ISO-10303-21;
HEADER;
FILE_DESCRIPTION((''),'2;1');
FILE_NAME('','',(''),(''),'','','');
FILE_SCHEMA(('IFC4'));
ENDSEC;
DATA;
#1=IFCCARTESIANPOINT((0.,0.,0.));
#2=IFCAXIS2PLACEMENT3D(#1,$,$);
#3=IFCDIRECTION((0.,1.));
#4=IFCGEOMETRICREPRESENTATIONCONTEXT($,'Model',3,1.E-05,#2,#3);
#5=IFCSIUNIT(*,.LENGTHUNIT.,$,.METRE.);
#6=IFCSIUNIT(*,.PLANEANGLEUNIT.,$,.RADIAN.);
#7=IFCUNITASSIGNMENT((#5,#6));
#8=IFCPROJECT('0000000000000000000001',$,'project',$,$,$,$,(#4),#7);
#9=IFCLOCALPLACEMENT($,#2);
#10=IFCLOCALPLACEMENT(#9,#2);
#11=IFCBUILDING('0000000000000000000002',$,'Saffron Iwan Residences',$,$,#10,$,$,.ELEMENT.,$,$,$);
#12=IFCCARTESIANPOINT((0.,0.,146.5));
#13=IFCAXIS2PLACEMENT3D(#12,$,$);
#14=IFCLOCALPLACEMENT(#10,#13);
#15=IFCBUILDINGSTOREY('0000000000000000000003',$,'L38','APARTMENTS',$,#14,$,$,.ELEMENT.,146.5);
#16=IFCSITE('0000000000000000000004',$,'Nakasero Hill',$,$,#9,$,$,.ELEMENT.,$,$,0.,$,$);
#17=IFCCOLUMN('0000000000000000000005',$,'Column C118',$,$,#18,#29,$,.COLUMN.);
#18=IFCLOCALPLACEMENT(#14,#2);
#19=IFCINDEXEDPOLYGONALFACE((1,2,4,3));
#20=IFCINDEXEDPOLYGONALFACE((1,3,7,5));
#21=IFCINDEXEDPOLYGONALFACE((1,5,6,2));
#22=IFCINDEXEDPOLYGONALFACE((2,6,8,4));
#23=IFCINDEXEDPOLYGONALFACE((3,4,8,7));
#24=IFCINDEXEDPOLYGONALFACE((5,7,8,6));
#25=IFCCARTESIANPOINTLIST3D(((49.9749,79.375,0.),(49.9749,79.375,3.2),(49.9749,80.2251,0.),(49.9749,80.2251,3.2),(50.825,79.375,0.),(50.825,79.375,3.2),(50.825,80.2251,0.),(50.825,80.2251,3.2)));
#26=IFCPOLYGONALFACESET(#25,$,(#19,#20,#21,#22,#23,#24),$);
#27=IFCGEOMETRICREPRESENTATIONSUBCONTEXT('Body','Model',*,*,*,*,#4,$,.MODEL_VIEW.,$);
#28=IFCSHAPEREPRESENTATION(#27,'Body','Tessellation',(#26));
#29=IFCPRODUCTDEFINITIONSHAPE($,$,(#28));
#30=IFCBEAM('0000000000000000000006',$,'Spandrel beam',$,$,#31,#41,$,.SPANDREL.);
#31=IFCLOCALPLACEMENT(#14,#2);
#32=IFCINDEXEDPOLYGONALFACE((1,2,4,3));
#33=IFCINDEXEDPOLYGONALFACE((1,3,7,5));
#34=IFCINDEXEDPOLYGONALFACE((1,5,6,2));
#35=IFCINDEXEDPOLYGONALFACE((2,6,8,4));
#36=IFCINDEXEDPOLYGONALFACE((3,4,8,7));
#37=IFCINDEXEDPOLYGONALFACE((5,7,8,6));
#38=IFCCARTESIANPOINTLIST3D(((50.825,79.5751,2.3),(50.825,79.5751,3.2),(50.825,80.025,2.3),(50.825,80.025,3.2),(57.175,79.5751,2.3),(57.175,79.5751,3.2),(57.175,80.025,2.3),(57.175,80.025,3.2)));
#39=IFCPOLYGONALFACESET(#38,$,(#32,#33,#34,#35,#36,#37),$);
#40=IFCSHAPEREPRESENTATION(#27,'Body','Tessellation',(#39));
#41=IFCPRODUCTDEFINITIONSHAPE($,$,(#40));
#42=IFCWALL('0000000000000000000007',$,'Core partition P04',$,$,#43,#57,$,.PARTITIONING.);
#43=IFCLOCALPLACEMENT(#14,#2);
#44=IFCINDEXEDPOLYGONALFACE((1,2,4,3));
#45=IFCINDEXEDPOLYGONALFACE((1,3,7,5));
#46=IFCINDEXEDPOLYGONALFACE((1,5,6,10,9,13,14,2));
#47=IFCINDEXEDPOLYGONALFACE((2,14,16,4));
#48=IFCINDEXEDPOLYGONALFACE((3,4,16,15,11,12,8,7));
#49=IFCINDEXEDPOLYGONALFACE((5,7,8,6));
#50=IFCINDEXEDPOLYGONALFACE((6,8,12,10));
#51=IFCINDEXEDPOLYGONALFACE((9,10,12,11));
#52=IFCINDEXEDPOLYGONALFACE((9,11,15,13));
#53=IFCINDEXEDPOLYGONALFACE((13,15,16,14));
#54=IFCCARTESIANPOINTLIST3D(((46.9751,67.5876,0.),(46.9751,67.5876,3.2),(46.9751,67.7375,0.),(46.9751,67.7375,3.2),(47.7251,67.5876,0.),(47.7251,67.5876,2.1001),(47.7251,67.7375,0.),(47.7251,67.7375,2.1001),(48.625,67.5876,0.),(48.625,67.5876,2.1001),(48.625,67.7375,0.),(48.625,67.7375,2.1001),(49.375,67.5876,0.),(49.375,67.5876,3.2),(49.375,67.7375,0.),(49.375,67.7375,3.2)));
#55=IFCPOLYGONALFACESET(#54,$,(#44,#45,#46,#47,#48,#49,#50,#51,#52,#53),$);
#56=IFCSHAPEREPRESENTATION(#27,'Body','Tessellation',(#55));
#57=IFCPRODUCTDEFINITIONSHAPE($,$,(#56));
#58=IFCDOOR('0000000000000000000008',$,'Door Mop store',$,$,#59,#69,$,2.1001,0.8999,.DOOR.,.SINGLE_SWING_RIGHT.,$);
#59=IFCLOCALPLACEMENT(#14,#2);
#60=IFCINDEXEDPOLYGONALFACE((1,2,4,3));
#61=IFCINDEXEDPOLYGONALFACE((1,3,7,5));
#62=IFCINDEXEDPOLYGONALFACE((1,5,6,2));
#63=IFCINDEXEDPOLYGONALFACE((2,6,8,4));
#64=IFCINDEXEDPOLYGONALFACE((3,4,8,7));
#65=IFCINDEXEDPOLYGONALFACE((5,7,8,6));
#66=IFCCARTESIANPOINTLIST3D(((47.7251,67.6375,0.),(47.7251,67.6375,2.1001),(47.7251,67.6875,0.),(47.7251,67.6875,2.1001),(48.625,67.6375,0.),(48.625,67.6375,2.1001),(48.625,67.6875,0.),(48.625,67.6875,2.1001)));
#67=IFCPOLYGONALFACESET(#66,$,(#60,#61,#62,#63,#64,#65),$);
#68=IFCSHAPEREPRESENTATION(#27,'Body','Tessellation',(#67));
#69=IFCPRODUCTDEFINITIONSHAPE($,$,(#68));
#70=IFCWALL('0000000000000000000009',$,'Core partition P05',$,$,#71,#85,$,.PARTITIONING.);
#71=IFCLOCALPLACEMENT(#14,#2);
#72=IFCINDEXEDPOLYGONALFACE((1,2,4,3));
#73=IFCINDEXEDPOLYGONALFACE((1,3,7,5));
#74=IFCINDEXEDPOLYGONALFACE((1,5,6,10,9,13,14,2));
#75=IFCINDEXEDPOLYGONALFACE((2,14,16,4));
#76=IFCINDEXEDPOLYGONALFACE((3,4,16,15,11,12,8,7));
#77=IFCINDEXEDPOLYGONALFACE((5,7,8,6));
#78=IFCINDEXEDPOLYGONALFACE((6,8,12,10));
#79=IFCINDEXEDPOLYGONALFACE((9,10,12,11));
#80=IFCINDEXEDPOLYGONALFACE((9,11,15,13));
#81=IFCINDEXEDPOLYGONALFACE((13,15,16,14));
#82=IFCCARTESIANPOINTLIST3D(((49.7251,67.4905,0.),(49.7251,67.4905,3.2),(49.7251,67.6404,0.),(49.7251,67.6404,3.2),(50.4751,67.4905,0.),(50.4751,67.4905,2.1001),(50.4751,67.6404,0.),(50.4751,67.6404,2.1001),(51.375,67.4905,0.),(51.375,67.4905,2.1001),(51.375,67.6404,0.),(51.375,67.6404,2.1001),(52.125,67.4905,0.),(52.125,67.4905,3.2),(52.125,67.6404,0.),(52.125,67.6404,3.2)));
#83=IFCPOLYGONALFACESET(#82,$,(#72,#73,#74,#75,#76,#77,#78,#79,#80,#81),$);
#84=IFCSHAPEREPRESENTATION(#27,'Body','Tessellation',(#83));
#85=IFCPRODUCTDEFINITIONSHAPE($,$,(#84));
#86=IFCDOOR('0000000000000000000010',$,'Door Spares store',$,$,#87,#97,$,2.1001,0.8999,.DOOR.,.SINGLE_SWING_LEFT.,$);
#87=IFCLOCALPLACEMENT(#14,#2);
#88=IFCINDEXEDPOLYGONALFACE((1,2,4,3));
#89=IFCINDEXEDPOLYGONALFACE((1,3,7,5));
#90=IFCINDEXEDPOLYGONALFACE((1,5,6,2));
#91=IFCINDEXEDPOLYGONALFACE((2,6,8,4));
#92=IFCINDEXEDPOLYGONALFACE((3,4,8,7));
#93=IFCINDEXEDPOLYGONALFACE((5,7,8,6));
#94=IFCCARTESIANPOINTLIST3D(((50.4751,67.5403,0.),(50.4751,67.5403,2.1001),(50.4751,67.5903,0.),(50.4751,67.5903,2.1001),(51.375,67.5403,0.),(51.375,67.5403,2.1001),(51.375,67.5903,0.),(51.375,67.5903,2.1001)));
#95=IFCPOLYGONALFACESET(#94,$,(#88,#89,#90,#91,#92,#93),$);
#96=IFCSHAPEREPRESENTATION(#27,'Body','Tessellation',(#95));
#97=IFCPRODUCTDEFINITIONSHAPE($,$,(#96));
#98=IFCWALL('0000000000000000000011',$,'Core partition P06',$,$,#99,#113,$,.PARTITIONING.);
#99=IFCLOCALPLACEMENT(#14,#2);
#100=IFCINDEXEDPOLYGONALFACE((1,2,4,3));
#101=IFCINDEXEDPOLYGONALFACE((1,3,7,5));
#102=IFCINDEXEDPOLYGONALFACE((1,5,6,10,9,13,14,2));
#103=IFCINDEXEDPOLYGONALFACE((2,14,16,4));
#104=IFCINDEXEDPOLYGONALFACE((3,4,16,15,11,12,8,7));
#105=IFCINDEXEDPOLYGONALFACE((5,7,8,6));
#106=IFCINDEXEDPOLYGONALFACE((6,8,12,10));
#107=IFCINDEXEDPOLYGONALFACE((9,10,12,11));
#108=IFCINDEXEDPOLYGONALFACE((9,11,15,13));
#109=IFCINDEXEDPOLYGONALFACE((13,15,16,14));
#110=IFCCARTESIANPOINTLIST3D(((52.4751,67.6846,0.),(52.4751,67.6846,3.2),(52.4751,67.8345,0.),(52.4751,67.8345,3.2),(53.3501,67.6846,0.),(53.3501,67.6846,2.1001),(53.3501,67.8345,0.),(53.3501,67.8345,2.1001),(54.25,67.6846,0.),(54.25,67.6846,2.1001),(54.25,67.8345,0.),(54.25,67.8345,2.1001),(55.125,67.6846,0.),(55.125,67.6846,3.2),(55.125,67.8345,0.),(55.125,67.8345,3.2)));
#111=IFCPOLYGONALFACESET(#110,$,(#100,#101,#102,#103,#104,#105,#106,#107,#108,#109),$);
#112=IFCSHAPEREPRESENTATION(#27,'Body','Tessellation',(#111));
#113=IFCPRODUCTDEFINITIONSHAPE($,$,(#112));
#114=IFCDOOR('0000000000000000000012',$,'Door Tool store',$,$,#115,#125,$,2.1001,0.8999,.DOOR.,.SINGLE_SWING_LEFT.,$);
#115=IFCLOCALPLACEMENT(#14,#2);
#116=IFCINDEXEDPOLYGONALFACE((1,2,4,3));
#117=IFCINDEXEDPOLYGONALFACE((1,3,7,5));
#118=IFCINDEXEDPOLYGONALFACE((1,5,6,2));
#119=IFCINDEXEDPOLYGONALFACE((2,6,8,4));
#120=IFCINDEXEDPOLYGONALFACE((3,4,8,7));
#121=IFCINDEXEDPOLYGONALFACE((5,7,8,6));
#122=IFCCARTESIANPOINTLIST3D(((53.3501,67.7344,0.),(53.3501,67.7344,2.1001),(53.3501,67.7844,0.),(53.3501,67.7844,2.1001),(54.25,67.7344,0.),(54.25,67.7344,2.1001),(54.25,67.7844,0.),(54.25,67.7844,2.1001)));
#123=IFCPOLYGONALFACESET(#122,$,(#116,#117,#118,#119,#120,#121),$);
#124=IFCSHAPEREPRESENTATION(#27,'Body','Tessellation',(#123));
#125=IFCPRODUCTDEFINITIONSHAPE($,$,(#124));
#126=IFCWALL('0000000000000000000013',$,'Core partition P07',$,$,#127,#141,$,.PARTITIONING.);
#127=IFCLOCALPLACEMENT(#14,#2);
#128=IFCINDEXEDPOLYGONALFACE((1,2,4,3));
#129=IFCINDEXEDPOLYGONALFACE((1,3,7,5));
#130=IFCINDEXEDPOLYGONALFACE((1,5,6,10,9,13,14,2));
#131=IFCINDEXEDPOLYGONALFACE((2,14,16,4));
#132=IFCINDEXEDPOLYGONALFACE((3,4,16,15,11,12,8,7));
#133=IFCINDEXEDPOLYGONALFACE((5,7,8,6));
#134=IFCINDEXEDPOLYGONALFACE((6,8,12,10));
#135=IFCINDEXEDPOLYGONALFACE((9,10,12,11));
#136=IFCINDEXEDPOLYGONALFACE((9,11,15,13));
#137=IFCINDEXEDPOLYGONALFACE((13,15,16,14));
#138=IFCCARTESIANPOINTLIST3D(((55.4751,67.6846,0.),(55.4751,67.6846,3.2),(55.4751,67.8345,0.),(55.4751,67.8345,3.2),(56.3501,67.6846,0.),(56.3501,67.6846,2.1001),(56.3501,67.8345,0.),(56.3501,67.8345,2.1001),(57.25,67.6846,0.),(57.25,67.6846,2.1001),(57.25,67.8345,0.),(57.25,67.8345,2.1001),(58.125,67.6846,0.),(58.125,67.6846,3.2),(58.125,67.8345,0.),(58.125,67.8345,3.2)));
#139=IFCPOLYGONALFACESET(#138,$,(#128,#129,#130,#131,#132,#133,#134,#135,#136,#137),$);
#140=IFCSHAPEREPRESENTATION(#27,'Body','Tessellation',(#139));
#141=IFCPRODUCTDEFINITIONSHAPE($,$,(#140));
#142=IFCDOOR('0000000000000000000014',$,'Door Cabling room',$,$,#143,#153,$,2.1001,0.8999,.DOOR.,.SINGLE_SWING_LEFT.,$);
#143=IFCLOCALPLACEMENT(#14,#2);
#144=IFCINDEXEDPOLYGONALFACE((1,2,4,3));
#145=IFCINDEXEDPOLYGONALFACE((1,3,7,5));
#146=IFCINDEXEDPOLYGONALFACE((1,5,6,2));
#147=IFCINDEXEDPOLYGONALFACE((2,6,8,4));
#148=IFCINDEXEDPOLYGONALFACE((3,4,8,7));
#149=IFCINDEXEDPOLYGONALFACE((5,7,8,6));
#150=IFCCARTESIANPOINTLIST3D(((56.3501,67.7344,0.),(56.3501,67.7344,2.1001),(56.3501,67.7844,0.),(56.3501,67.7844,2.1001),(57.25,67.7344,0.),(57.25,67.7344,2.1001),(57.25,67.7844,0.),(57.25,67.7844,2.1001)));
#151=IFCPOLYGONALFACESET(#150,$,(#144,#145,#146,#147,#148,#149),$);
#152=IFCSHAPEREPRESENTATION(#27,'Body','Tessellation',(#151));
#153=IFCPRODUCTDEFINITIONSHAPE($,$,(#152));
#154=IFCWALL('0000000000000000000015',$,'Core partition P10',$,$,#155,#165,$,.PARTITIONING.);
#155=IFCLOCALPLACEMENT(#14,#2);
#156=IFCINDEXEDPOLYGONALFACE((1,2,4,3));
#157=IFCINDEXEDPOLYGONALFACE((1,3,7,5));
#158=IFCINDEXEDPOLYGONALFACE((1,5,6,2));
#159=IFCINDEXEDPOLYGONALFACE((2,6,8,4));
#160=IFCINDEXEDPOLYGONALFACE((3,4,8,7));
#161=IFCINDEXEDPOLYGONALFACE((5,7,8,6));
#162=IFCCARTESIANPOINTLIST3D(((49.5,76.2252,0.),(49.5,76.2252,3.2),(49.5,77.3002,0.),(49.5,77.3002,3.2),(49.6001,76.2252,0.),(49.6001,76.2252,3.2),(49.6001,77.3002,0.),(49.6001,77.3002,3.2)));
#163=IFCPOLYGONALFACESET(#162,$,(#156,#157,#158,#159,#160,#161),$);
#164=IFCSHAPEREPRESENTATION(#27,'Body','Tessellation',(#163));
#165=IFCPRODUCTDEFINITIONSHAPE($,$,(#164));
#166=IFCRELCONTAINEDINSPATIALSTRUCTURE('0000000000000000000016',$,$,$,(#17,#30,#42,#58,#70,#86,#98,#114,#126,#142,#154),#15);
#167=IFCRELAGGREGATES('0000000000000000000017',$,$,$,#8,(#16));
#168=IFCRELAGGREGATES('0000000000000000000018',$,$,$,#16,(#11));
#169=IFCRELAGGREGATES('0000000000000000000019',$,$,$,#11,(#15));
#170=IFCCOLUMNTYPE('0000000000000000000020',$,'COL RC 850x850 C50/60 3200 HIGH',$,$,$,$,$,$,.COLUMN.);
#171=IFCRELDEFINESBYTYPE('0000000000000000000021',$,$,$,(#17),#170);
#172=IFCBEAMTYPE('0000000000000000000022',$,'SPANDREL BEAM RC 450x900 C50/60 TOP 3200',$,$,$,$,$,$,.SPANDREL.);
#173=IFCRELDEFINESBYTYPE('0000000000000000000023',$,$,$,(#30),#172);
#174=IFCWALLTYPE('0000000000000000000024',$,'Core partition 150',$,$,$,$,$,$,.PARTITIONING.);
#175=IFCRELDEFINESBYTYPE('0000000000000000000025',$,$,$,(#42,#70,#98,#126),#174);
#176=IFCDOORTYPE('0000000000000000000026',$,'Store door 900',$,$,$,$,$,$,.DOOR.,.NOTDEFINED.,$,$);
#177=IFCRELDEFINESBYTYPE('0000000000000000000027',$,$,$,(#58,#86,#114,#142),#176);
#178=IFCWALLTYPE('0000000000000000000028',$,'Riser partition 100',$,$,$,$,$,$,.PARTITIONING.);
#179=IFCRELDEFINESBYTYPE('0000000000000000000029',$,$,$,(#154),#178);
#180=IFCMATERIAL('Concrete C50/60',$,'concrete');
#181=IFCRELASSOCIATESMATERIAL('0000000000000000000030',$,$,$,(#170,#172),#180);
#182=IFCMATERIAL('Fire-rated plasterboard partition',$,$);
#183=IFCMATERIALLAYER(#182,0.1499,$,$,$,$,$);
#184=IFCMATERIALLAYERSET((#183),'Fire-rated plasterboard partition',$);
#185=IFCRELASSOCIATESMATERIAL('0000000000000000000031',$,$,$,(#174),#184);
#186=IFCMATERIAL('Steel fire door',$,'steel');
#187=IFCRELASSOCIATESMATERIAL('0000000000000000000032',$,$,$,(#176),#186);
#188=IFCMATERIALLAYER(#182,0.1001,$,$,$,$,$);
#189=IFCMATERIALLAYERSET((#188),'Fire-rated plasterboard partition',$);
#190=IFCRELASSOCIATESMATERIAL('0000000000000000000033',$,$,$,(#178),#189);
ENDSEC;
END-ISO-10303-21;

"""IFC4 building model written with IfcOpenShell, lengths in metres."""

from ifc_helpers import new_model, si_unit, direction, frame, frame_2d, origin, origin_2d, place, context, subcontext, project, spatial, rectangle, extrude, source, transform, mapped, material, layer, layer_set, material_profile, profile_set, type_object, element, fill, save


model = new_model("IFC4")

# Units and contexts
model_context = context("Model", 3, precision=1e-05, world=origin(), true_north=direction((0.0, 1.0)))
body_context = subcontext(model_context, "Body", "Model", "MODEL_VIEW")
ifc_project = project(units=[si_unit("LENGTHUNIT", "METRE"), si_unit("PLANEANGLEUNIT", "RADIAN")], contexts=[model_context])

# Site, building, storey
site_placement = place(None, origin())
site = spatial("IfcSite", under=ifc_project, at=site_placement, Name="Nakasero Hill", CompositionType="ELEMENT", RefElevation=0.0)
building_placement = place(site_placement, origin())
building = spatial("IfcBuilding", under=site, at=building_placement, Name="Saffron Iwan Residences", CompositionType="ELEMENT")
storey_placement = place(building_placement, frame((0.0, 0.0, 146.5)))
storey = spatial("IfcBuildingStorey", under=building, at=storey_placement, Name="L38", Description="APARTMENTS", CompositionType="ELEMENT", Elevation=146.5)

# Column
ifc_material_1 = material(Name="Concrete C50/60", Category="concrete")
ifc_material_profile_1 = material_profile(ifc_material_1, rectangle(XDim=0.8501, YDim=0.8501, at=origin_2d()), Name="RC 850x850")
ifc_profile_set_1 = profile_set([ifc_material_profile_1], Name="Concrete C50/60")
column_type = type_object("IfcColumnType", Name="COL RC 850x850 C50/60 3200 HIGH", PredefinedType="COLUMN", material=ifc_profile_set_1)
shared_shape_1 = source(origin(), body_context, "Body", "SweptSolid", [
    extrude(rectangle(XDim=0.8501, YDim=0.8501, at=origin_2d()), origin(), (0.0, 0.0, 1.0), 3.2),
])
column_placement = place(storey_placement, frame((50.3999, 79.8, 0.0), z_axis=(0.0, 0.0, 1.0), x_axis=(1.0, 0.0, 0.0)))
element("IfcColumn", 1, at=column_placement, inside=storey, type_object=column_type, Name="Column C118", PredefinedType="COLUMN", context=body_context, shape_type="MappedRepresentation", body=[
    mapped(shared_shape_1, transform((0.0, 0.0, 0.0))),
])

# Beam
ifc_material_profile_2 = material_profile(ifc_material_1, rectangle(XDim=0.45, YDim=0.8999, at=origin_2d()), Name="RC 450x900")
ifc_profile_set_2 = profile_set([ifc_material_profile_2], Name="Concrete C50/60")
beam_type = type_object("IfcBeamType", Name="SPANDREL BEAM RC 450x900 C50/60 TOP 3200", PredefinedType="SPANDREL", material=ifc_profile_set_2)
shared_shape_2 = source(origin(), body_context, "Body", "SweptSolid", [
    extrude(rectangle(XDim=0.45, YDim=0.8999, at=origin_2d()), origin(), (0.0, 0.0, 1.0), 6.3501),
])
beam_placement = place(storey_placement, frame((50.825, 79.8, 2.75), z_axis=(1.0, 0.0, 0.0), x_axis=(0.0, 1.0, 0.0)))
element("IfcBeam", 2, at=beam_placement, inside=storey, type_object=beam_type, Name="Spandrel beam", PredefinedType="SPANDREL", context=body_context, shape_type="MappedRepresentation", body=[
    mapped(shared_shape_2, transform((0.0, 0.0, 0.0))),
])

# Walls, openings, doors
ifc_material_2 = material(Name="Fire-rated plasterboard partition")
ifc_layer_1 = layer(ifc_material_2, 0.1499)
ifc_layer_set_1 = layer_set([ifc_layer_1], Name="Fire-rated plasterboard partition")
wall_type_1 = type_object("IfcWallType", Name="Core partition 150", PredefinedType="PARTITIONING", material=ifc_layer_set_1)
wall_1_placement = place(storey_placement, frame((46.9751, 67.6626, 0.0), z_axis=(0.0, 0.0, 1.0), x_axis=(1.0, 0.0, 0.0)))
wall_1 = element("IfcWall", 3, at=wall_1_placement, inside=storey, type_object=wall_type_1, Name="Core partition P04", PredefinedType="PARTITIONING", context=body_context, shape_type="SweptSolid", body=[
    extrude(rectangle(XDim=2.3999, YDim=0.1499, at=frame_2d((1.2, 0.0))), origin(), (0.0, 0.0, 1.0), 3.2),
])
opening_1_placement = place(wall_1_placement, frame((0.75, 0.0, 0.0)))
opening_1 = element("IfcOpeningElement", 4, at=opening_1_placement, cuts=wall_1, PredefinedType="OPENING", context=body_context, shape_type="SweptSolid", body=[
    extrude(rectangle(XDim=0.8999, YDim=2.1001, at=frame_2d((0.45, 1.05))), frame((0.0, 0.085, 0.0), z_axis=(0.0, -1.0, 0.0), x_axis=(1.0, 0.0, 0.0)), (0.0, 0.0, 1.0), 0.1699),
])
ifc_material_3 = material(Name="Steel fire door", Category="steel")
door_type = type_object("IfcDoorType", Name="Store door 900", OperationType="NOTDEFINED", PredefinedType="DOOR", material=ifc_material_3)
door_1_placement = place(opening_1_placement, origin())
door_1 = element("IfcDoor", 5, at=door_1_placement, inside=storey, type_object=door_type, Name="Door Mop store", OperationType="SINGLE_SWING_RIGHT", OverallHeight=2.1001, OverallWidth=0.8999, PredefinedType="DOOR", context=body_context, shape_type="SweptSolid", body=[
    extrude(rectangle(XDim=0.8999, YDim=2.1001, at=frame_2d((0.45, 1.05))), frame((0.0, 0.0249, 0.0), z_axis=(0.0, -1.0, 0.0), x_axis=(1.0, 0.0, 0.0)), (0.0, 0.0, 1.0), 0.05),
])
fill(opening_1, door_1)
wall_2_placement = place(storey_placement, frame((49.7251, 67.5654, 0.0), z_axis=(0.0, 0.0, 1.0), x_axis=(1.0, 0.0, 0.0)))
wall_2 = element("IfcWall", 6, at=wall_2_placement, inside=storey, type_object=wall_type_1, Name="Core partition P05", PredefinedType="PARTITIONING", context=body_context, shape_type="SweptSolid", body=[
    extrude(rectangle(XDim=2.3999, YDim=0.1499, at=frame_2d((1.2, 0.0))), origin(), (0.0, 0.0, 1.0), 3.2),
])
opening_2_placement = place(wall_2_placement, frame((0.75, 0.0, 0.0)))
opening_2 = element("IfcOpeningElement", 7, at=opening_2_placement, cuts=wall_2, PredefinedType="OPENING", context=body_context, shape_type="SweptSolid", body=[
    extrude(rectangle(XDim=0.8999, YDim=2.1001, at=frame_2d((0.45, 1.05))), frame((0.0, 0.085, 0.0), z_axis=(0.0, -1.0, 0.0), x_axis=(1.0, 0.0, 0.0)), (0.0, 0.0, 1.0), 0.1699),
])
door_2_placement = place(opening_2_placement, origin())
door_2 = element("IfcDoor", 8, at=door_2_placement, inside=storey, type_object=door_type, Name="Door Spares store", OperationType="SINGLE_SWING_LEFT", OverallHeight=2.1001, OverallWidth=0.8999, PredefinedType="DOOR", context=body_context, shape_type="SweptSolid", body=[
    extrude(rectangle(XDim=0.8999, YDim=2.1001, at=frame_2d((0.45, 1.05))), frame((0.0, 0.0249, 0.0), z_axis=(0.0, -1.0, 0.0), x_axis=(1.0, 0.0, 0.0)), (0.0, 0.0, 1.0), 0.05),
])
fill(opening_2, door_2)
wall_3_placement = place(storey_placement, frame((52.4751, 67.7595, 0.0), z_axis=(0.0, 0.0, 1.0), x_axis=(1.0, 0.0, 0.0)))
wall_3 = element("IfcWall", 9, at=wall_3_placement, inside=storey, type_object=wall_type_1, Name="Core partition P06", PredefinedType="PARTITIONING", context=body_context, shape_type="SweptSolid", body=[
    extrude(rectangle(XDim=2.6499, YDim=0.1499, at=frame_2d((1.325, 0.0))), origin(), (0.0, 0.0, 1.0), 3.2),
])
opening_3_placement = place(wall_3_placement, frame((0.875, 0.0, 0.0)))
opening_3 = element("IfcOpeningElement", 10, at=opening_3_placement, cuts=wall_3, PredefinedType="OPENING", context=body_context, shape_type="SweptSolid", body=[
    extrude(rectangle(XDim=0.8999, YDim=2.1001, at=frame_2d((0.45, 1.05))), frame((0.0, 0.085, 0.0), z_axis=(0.0, -1.0, 0.0), x_axis=(1.0, 0.0, 0.0)), (0.0, 0.0, 1.0), 0.1699),
])
door_3_placement = place(opening_3_placement, origin())
door_3 = element("IfcDoor", 11, at=door_3_placement, inside=storey, type_object=door_type, Name="Door Tool store", OperationType="SINGLE_SWING_LEFT", OverallHeight=2.1001, OverallWidth=0.8999, PredefinedType="DOOR", context=body_context, shape_type="SweptSolid", body=[
    extrude(rectangle(XDim=0.8999, YDim=2.1001, at=frame_2d((0.45, 1.05))), frame((0.0, 0.0249, 0.0), z_axis=(0.0, -1.0, 0.0), x_axis=(1.0, 0.0, 0.0)), (0.0, 0.0, 1.0), 0.05),
])
fill(opening_3, door_3)
wall_4_placement = place(storey_placement, frame((55.4751, 67.7595, 0.0), z_axis=(0.0, 0.0, 1.0), x_axis=(1.0, 0.0, 0.0)))
wall_4 = element("IfcWall", 12, at=wall_4_placement, inside=storey, type_object=wall_type_1, Name="Core partition P07", PredefinedType="PARTITIONING", context=body_context, shape_type="SweptSolid", body=[
    extrude(rectangle(XDim=2.6499, YDim=0.1499, at=frame_2d((1.325, 0.0))), origin(), (0.0, 0.0, 1.0), 3.2),
])
opening_4_placement = place(wall_4_placement, frame((0.875, 0.0, 0.0)))
opening_4 = element("IfcOpeningElement", 13, at=opening_4_placement, cuts=wall_4, PredefinedType="OPENING", context=body_context, shape_type="SweptSolid", body=[
    extrude(rectangle(XDim=0.8999, YDim=2.1001, at=frame_2d((0.45, 1.05))), frame((0.0, 0.085, 0.0), z_axis=(0.0, -1.0, 0.0), x_axis=(1.0, 0.0, 0.0)), (0.0, 0.0, 1.0), 0.1699),
])
door_4_placement = place(opening_4_placement, origin())
door_4 = element("IfcDoor", 14, at=door_4_placement, inside=storey, type_object=door_type, Name="Door Cabling room", OperationType="SINGLE_SWING_LEFT", OverallHeight=2.1001, OverallWidth=0.8999, PredefinedType="DOOR", context=body_context, shape_type="SweptSolid", body=[
    extrude(rectangle(XDim=0.8999, YDim=2.1001, at=frame_2d((0.45, 1.05))), frame((0.0, 0.0249, 0.0), z_axis=(0.0, -1.0, 0.0), x_axis=(1.0, 0.0, 0.0)), (0.0, 0.0, 1.0), 0.05),
])
fill(opening_4, door_4)

# Wall
ifc_layer_2 = layer(ifc_material_2, 0.1001)
ifc_layer_set_2 = layer_set([ifc_layer_2], Name="Fire-rated plasterboard partition")
wall_type_2 = type_object("IfcWallType", Name="Riser partition 100", PredefinedType="PARTITIONING", material=ifc_layer_set_2)
for number, where, z_axis, x_axis, name in (
    (15, (49.55, 76.2251, 0.0), (0.0, 0.0, 1.0), (0.0, 1.0, 0.0), "Core partition P10"),
):
    element("IfcWall", number, at=place(storey_placement, frame(where, z_axis=z_axis, x_axis=x_axis)), inside=storey, type_object=wall_type_2, Name=name, PredefinedType="PARTITIONING", context=body_context, shape_type="SweptSolid", body=[
        extrude(rectangle(XDim=1.075, YDim=0.1001, at=frame_2d((0.5376, 0.0))), origin(), (0.0, 0.0, 1.0), 3.2),
    ])

save(model, "model.ifc")
